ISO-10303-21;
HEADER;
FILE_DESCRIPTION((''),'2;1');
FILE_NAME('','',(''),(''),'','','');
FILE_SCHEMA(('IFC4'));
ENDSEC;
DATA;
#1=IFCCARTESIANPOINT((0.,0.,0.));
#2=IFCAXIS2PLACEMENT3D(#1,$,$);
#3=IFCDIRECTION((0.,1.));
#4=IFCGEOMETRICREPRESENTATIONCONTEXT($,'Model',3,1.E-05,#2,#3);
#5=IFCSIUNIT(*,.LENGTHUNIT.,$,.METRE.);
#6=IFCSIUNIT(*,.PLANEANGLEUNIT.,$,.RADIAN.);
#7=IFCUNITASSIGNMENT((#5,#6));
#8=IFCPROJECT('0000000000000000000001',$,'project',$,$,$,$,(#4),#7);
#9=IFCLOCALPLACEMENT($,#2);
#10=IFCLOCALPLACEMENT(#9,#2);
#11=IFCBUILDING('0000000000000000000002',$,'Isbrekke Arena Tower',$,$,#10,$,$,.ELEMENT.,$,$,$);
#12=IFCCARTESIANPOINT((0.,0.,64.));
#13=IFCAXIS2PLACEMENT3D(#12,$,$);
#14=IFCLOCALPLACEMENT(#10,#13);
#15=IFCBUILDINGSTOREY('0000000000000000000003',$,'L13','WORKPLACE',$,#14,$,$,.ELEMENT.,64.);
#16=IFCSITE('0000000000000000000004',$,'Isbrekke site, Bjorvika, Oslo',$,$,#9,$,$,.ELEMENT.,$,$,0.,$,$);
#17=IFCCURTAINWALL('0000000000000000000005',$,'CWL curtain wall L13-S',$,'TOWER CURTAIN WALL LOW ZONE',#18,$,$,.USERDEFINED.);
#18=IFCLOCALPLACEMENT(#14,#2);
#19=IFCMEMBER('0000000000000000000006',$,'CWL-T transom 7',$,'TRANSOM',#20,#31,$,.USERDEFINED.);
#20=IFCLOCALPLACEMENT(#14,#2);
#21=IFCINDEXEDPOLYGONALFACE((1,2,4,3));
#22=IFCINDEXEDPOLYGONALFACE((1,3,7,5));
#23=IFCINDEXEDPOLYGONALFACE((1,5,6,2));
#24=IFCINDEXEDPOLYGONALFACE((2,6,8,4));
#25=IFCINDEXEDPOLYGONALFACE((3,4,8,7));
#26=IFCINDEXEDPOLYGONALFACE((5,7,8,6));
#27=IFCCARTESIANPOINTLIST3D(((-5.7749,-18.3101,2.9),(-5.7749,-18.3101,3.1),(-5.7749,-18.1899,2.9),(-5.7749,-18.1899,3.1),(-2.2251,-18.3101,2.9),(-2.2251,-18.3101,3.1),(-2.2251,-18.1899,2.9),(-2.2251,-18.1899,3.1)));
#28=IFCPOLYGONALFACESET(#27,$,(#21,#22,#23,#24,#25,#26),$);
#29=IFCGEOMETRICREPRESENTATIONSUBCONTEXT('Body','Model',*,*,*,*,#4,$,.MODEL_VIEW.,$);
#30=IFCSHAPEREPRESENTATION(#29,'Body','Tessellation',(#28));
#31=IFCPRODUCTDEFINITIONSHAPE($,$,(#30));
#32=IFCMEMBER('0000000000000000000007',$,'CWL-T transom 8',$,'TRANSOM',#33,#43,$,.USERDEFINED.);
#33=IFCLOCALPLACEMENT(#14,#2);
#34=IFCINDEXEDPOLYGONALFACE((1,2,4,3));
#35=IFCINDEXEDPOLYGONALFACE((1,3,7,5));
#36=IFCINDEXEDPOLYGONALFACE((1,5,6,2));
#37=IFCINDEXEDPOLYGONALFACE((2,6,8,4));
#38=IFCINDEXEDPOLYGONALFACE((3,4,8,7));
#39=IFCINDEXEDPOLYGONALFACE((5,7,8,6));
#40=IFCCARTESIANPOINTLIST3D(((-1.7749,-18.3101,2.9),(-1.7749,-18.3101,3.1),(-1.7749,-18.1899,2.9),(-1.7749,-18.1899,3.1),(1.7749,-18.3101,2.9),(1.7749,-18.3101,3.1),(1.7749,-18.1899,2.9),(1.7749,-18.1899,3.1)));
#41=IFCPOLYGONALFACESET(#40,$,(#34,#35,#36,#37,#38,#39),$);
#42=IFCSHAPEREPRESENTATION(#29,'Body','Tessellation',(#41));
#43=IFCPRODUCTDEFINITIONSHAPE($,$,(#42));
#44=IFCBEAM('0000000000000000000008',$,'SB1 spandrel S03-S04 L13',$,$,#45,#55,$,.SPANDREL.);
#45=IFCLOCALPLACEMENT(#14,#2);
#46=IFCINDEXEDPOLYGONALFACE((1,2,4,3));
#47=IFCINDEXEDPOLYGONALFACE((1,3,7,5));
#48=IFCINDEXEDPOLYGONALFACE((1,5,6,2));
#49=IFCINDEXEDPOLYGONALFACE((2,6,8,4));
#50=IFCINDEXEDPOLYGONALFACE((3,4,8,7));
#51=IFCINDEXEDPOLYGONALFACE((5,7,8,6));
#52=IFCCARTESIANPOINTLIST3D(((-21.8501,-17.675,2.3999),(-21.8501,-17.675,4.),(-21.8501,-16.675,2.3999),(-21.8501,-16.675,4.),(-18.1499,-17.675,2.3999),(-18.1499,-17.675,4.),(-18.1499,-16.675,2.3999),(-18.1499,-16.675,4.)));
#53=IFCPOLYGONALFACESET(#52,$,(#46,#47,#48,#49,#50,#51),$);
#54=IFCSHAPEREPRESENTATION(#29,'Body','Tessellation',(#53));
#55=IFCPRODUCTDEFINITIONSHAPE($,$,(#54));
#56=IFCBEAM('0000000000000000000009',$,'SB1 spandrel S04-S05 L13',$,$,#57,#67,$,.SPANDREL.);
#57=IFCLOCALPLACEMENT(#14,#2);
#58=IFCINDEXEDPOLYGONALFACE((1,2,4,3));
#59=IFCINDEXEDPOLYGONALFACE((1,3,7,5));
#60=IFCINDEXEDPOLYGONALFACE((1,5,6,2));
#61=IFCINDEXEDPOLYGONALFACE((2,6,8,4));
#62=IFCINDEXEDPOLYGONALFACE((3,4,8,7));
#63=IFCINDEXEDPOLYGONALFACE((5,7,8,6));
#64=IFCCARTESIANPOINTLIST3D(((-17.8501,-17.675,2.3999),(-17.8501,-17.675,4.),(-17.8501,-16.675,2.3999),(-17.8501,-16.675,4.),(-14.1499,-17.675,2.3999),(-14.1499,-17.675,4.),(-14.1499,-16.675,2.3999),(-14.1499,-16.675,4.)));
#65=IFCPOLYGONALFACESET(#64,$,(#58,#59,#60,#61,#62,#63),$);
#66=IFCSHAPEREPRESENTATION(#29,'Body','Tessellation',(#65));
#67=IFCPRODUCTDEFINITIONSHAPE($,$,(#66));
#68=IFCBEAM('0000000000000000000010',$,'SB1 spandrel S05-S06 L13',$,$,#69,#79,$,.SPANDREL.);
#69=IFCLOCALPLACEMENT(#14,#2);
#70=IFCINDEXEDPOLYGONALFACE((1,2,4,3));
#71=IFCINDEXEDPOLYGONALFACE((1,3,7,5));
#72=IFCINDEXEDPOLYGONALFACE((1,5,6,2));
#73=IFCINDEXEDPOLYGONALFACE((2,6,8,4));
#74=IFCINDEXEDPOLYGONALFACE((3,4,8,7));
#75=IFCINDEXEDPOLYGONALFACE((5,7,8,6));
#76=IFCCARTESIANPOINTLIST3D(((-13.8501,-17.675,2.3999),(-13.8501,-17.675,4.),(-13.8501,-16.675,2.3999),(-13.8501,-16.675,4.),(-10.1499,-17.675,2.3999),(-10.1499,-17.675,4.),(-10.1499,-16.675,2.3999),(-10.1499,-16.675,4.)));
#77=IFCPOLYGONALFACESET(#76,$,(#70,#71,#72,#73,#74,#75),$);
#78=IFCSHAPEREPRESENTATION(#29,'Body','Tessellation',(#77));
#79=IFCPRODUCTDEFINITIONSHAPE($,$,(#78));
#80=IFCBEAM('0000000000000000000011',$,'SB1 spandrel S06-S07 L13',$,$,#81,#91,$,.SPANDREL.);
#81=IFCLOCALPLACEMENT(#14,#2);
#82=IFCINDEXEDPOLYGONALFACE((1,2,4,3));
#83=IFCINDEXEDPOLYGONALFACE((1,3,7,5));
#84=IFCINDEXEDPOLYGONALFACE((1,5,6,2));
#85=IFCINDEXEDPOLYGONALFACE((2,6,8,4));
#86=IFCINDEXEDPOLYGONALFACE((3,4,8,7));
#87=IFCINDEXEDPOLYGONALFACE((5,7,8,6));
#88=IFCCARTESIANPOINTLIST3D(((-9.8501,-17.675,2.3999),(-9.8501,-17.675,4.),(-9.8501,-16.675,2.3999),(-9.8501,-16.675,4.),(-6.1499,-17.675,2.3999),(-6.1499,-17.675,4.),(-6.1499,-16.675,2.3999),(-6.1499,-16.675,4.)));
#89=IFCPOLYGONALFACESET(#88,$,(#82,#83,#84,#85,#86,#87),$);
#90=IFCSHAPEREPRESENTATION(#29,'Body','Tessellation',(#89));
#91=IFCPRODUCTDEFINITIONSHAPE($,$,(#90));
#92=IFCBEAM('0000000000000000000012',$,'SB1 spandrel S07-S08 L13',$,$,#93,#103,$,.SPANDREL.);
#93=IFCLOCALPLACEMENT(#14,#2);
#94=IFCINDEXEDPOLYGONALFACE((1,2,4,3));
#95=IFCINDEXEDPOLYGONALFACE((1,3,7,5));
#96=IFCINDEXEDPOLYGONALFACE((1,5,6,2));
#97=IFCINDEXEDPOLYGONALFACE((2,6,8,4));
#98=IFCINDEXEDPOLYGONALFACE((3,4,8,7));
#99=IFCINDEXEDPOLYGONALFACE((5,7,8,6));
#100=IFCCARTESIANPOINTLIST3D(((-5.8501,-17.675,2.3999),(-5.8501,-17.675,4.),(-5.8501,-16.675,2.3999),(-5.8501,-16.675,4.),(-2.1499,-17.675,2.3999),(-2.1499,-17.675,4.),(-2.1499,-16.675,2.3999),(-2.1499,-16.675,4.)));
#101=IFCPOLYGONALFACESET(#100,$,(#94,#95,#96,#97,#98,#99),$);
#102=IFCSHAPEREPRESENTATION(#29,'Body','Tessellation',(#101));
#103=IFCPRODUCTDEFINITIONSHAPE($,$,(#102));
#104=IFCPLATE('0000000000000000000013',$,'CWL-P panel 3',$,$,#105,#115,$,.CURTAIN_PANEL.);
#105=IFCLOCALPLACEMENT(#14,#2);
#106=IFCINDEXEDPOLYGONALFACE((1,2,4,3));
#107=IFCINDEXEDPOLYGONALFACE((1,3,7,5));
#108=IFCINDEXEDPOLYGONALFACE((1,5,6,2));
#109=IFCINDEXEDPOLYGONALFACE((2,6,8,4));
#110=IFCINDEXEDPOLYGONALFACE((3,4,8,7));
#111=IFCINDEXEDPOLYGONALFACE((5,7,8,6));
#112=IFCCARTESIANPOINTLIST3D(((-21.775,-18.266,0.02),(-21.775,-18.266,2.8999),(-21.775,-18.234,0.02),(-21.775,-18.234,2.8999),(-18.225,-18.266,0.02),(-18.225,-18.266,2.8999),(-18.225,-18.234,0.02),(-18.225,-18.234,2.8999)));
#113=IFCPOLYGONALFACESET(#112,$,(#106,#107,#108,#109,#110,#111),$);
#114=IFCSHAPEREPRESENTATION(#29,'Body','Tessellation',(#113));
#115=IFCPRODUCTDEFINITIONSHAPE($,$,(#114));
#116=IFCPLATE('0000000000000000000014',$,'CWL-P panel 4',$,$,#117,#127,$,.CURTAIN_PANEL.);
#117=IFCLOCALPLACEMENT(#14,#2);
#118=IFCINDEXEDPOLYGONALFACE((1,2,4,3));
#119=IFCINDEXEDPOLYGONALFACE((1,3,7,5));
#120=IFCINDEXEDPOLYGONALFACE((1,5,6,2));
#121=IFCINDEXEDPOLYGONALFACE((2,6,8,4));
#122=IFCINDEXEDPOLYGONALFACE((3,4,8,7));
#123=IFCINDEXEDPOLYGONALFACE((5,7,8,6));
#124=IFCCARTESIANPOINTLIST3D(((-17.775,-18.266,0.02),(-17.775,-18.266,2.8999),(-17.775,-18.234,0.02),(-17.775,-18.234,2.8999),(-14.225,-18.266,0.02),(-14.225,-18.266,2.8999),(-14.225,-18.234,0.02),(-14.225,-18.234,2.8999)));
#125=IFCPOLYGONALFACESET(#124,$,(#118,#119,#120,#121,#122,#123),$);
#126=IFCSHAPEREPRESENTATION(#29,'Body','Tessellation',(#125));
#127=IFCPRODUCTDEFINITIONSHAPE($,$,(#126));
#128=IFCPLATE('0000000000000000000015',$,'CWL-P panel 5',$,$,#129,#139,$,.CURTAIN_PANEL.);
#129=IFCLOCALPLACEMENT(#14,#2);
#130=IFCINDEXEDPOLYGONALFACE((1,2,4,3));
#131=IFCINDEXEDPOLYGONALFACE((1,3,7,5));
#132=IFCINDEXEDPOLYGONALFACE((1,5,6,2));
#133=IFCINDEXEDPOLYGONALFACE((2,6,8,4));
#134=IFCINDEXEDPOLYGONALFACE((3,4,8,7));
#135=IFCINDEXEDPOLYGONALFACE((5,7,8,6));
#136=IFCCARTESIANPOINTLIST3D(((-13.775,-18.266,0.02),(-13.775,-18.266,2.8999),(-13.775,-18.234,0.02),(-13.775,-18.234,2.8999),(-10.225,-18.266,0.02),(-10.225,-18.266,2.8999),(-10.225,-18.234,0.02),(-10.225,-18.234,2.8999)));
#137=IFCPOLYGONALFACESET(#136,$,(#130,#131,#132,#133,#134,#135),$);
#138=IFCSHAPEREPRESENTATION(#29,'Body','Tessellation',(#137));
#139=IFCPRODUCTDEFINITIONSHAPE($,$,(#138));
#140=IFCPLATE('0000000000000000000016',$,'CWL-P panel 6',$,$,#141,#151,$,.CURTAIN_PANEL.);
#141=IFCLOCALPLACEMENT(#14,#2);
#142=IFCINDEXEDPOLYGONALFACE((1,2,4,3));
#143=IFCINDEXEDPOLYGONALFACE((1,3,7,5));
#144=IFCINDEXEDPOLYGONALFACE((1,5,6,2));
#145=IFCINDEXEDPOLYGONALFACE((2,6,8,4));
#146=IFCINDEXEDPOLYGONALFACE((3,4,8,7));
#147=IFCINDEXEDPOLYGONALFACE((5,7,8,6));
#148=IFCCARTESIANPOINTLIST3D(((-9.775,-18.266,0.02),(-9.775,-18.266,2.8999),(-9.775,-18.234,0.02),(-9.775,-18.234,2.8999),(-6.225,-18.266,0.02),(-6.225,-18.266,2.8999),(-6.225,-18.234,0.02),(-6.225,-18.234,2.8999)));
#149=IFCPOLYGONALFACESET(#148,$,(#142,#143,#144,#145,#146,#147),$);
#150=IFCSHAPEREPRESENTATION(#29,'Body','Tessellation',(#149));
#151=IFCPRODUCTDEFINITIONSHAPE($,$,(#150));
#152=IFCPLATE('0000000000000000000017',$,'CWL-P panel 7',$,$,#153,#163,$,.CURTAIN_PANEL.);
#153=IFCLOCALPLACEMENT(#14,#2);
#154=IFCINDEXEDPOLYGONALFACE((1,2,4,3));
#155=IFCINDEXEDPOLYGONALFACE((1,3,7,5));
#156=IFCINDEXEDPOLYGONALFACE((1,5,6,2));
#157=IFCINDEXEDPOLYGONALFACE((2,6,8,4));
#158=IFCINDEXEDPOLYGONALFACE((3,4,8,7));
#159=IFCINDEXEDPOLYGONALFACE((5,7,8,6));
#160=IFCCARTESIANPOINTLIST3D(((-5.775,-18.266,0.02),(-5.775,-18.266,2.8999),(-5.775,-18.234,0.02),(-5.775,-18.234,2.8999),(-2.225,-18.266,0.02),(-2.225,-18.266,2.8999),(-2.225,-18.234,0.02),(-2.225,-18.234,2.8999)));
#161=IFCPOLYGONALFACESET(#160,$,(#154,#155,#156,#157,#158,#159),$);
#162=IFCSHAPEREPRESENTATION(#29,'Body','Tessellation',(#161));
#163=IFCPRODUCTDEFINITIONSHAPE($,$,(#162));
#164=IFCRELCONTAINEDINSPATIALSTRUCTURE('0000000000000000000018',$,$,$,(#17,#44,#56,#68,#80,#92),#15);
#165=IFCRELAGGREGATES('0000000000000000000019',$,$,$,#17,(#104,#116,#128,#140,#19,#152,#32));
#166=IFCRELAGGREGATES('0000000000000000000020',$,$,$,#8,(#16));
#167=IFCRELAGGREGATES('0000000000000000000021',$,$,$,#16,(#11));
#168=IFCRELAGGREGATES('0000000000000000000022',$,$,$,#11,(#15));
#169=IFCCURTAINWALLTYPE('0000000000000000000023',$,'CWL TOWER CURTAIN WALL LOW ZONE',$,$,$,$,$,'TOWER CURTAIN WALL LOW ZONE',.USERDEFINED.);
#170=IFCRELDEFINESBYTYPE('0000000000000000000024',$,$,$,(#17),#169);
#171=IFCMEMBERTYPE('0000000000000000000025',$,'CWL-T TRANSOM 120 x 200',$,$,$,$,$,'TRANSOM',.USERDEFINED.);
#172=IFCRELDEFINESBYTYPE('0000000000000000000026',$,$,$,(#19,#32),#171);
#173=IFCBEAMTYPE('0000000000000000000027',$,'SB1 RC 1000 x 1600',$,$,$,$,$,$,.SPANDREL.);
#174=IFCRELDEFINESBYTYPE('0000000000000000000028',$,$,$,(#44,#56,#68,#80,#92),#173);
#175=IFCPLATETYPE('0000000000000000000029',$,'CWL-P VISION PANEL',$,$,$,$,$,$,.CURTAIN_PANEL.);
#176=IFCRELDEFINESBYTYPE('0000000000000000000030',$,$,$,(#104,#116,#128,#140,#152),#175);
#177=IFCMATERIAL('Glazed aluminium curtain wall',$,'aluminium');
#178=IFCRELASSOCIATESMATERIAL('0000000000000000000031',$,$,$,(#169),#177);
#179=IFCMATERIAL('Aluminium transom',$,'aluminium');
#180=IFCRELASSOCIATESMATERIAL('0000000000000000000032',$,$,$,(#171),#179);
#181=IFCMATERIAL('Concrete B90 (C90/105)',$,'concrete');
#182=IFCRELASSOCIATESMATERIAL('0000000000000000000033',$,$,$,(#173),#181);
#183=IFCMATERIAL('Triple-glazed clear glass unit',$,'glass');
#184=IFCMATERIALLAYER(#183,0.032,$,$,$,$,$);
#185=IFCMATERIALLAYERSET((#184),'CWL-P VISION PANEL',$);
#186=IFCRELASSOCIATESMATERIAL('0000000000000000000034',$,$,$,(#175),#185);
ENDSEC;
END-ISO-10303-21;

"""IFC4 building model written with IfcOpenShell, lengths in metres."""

from ifc_helpers import new_model, si_unit, direction, frame, origin, origin_2d, place, context, subcontext, project, spatial, rectangle, extrude, material, layer, layer_set, material_profile, profile_set, type_object, element, aggregate, save


model = new_model("IFC4")

# Units and contexts
model_context = context("Model", 3, precision=1e-05, world=origin(), true_north=direction((0.0, 1.0)))
body_context = subcontext(model_context, "Body", "Model", "MODEL_VIEW")
ifc_project = project(units=[si_unit("LENGTHUNIT", "METRE"), si_unit("PLANEANGLEUNIT", "RADIAN")], contexts=[model_context])

# Site, building, storey
site_placement = place(None, origin())
site = spatial("IfcSite", under=ifc_project, at=site_placement, Name="Isbrekke site, Bjorvika, Oslo", CompositionType="ELEMENT", RefElevation=0.0)
building_placement = place(site_placement, origin())
building = spatial("IfcBuilding", under=site, at=building_placement, Name="Isbrekke Arena Tower", CompositionType="ELEMENT")
storey_placement = place(building_placement, frame((0.0, 0.0, 64.0)))
storey = spatial("IfcBuildingStorey", under=building, at=storey_placement, Name="L13", Description="WORKPLACE", CompositionType="ELEMENT", Elevation=64.0)

# Curtain wall, members
ifc_material_1 = material(Name="Glazed aluminium curtain wall", Category="aluminium")
curtain_wall_type = type_object("IfcCurtainWallType", Name="CWL TOWER CURTAIN WALL LOW ZONE", ElementType="TOWER CURTAIN WALL LOW ZONE", PredefinedType="USERDEFINED", material=ifc_material_1)
curtain_wall_placement = place(storey_placement, origin())
curtain_wall = element("IfcCurtainWall", 1, at=curtain_wall_placement, inside=storey, type_object=curtain_wall_type, Name="CWL curtain wall L13-S", ObjectType="TOWER CURTAIN WALL LOW ZONE", PredefinedType="USERDEFINED")
ifc_material_2 = material(Name="Aluminium transom", Category="aluminium")
ifc_material_profile_1 = material_profile(ifc_material_2, rectangle(XDim=0.1201, YDim=0.2, at=origin_2d()), Name="TRANSOM 120X200")
ifc_profile_set_1 = profile_set([ifc_material_profile_1], Name="Aluminium transom")
member_type_1 = type_object("IfcMemberType", Name="CWL-T TRANSOM 120 x 200", ElementType="TRANSOM", PredefinedType="USERDEFINED", material=ifc_profile_set_1)
member_1_placement = place(storey_placement, frame((-5.7749, -18.25, 3.0), z_axis=(1.0, 0.0, 0.0), x_axis=(0.0, 1.0, 0.0)))
member_1 = element("IfcMember", 2, at=member_1_placement, type_object=member_type_1, Name="CWL-T transom 7", ObjectType="TRANSOM", PredefinedType="USERDEFINED", context=body_context, shape_type="SweptSolid", body=[
    extrude(rectangle(XDim=0.1201, YDim=0.2, at=origin_2d()), origin(), (0.0, 0.0, 1.0), 3.5498),
])
member_2_placement = place(storey_placement, frame((-1.7749, -18.25, 3.0), z_axis=(1.0, 0.0, 0.0), x_axis=(0.0, 1.0, 0.0)))
member_2 = element("IfcMember", 3, at=member_2_placement, type_object=member_type_1, Name="CWL-T transom 8", ObjectType="TRANSOM", PredefinedType="USERDEFINED", context=body_context, shape_type="SweptSolid", body=[
    extrude(rectangle(XDim=0.1201, YDim=0.2, at=origin_2d()), origin(), (0.0, 0.0, 1.0), 3.5498),
])

# Beams
ifc_material_3 = material(Name="Concrete B90 (C90/105)", Category="concrete")
ifc_material_profile_2 = material_profile(ifc_material_3, rectangle(XDim=1.0, YDim=1.6001, at=origin_2d()), Name="RC 1000x1600")
ifc_profile_set_2 = profile_set([ifc_material_profile_2], Name="Concrete B90 (C90/105)")
beam_type = type_object("IfcBeamType", Name="SB1 RC 1000 x 1600", PredefinedType="SPANDREL", material=ifc_profile_set_2)
for number, where, z_axis, x_axis, name in (
    (4, (-21.8501, -17.175, 3.2), (1.0, 0.0, 0.0), (0.0, 1.0, 0.0), "SB1 spandrel S03-S04 L13"),
    (5, (-17.8501, -17.175, 3.2), (1.0, 0.0, 0.0), (0.0, 1.0, 0.0), "SB1 spandrel S04-S05 L13"),
    (6, (-13.8501, -17.175, 3.2), (1.0, 0.0, 0.0), (0.0, 1.0, 0.0), "SB1 spandrel S05-S06 L13"),
    (7, (-9.8501, -17.175, 3.2), (1.0, 0.0, 0.0), (0.0, 1.0, 0.0), "SB1 spandrel S06-S07 L13"),
    (8, (-5.8501, -17.175, 3.2), (1.0, 0.0, 0.0), (0.0, 1.0, 0.0), "SB1 spandrel S07-S08 L13"),
):
    element("IfcBeam", number, at=place(storey_placement, frame(where, z_axis=z_axis, x_axis=x_axis)), inside=storey, type_object=beam_type, Name=name, PredefinedType="SPANDREL", context=body_context, shape_type="SweptSolid", body=[
        extrude(rectangle(XDim=1.0, YDim=1.6001, at=origin_2d()), origin(), (0.0, 0.0, 1.0), 3.7002),
    ])

# Plates
ifc_material_4 = material(Name="Triple-glazed clear glass unit", Category="glass")
ifc_layer = layer(ifc_material_4, 0.032)
ifc_layer_set = layer_set([ifc_layer], Name="CWL-P VISION PANEL")
plate_type = type_object("IfcPlateType", Name="CWL-P VISION PANEL", PredefinedType="CURTAIN_PANEL", material=ifc_layer_set)
plate_1_placement = place(storey_placement, frame((-20.0, -18.25, 0.02), z_axis=(0.0, 0.0, 1.0), x_axis=(1.0, 0.0, 0.0)))
plate_1 = element("IfcPlate", 9, at=plate_1_placement, type_object=plate_type, Name="CWL-P panel 3", PredefinedType="CURTAIN_PANEL", context=body_context, shape_type="SweptSolid", body=[
    extrude(rectangle(XDim=3.55, YDim=0.032, at=origin_2d()), origin(), (0.0, 0.0, 1.0), 2.8799),
])
plate_2_placement = place(storey_placement, frame((-16.0, -18.25, 0.02), z_axis=(0.0, 0.0, 1.0), x_axis=(1.0, 0.0, 0.0)))
plate_2 = element("IfcPlate", 10, at=plate_2_placement, type_object=plate_type, Name="CWL-P panel 4", PredefinedType="CURTAIN_PANEL", context=body_context, shape_type="SweptSolid", body=[
    extrude(rectangle(XDim=3.55, YDim=0.032, at=origin_2d()), origin(), (0.0, 0.0, 1.0), 2.8799),
])
plate_3_placement = place(storey_placement, frame((-12.0, -18.25, 0.02), z_axis=(0.0, 0.0, 1.0), x_axis=(1.0, 0.0, 0.0)))
plate_3 = element("IfcPlate", 11, at=plate_3_placement, type_object=plate_type, Name="CWL-P panel 5", PredefinedType="CURTAIN_PANEL", context=body_context, shape_type="SweptSolid", body=[
    extrude(rectangle(XDim=3.55, YDim=0.032, at=origin_2d()), origin(), (0.0, 0.0, 1.0), 2.8799),
])
plate_4_placement = place(storey_placement, frame((-8.0, -18.25, 0.02), z_axis=(0.0, 0.0, 1.0), x_axis=(1.0, 0.0, 0.0)))
plate_4 = element("IfcPlate", 12, at=plate_4_placement, type_object=plate_type, Name="CWL-P panel 6", PredefinedType="CURTAIN_PANEL", context=body_context, shape_type="SweptSolid", body=[
    extrude(rectangle(XDim=3.55, YDim=0.032, at=origin_2d()), origin(), (0.0, 0.0, 1.0), 2.8799),
])
plate_5_placement = place(storey_placement, frame((-4.0, -18.25, 0.02), z_axis=(0.0, 0.0, 1.0), x_axis=(1.0, 0.0, 0.0)))
plate_5 = element("IfcPlate", 13, at=plate_5_placement, type_object=plate_type, Name="CWL-P panel 7", PredefinedType="CURTAIN_PANEL", context=body_context, shape_type="SweptSolid", body=[
    extrude(rectangle(XDim=3.55, YDim=0.032, at=origin_2d()), origin(), (0.0, 0.0, 1.0), 2.8799),
])
aggregate(curtain_wall, [plate_1, plate_2, plate_3, plate_4, member_1, plate_5, member_2])

save(model, "model.ifc")
